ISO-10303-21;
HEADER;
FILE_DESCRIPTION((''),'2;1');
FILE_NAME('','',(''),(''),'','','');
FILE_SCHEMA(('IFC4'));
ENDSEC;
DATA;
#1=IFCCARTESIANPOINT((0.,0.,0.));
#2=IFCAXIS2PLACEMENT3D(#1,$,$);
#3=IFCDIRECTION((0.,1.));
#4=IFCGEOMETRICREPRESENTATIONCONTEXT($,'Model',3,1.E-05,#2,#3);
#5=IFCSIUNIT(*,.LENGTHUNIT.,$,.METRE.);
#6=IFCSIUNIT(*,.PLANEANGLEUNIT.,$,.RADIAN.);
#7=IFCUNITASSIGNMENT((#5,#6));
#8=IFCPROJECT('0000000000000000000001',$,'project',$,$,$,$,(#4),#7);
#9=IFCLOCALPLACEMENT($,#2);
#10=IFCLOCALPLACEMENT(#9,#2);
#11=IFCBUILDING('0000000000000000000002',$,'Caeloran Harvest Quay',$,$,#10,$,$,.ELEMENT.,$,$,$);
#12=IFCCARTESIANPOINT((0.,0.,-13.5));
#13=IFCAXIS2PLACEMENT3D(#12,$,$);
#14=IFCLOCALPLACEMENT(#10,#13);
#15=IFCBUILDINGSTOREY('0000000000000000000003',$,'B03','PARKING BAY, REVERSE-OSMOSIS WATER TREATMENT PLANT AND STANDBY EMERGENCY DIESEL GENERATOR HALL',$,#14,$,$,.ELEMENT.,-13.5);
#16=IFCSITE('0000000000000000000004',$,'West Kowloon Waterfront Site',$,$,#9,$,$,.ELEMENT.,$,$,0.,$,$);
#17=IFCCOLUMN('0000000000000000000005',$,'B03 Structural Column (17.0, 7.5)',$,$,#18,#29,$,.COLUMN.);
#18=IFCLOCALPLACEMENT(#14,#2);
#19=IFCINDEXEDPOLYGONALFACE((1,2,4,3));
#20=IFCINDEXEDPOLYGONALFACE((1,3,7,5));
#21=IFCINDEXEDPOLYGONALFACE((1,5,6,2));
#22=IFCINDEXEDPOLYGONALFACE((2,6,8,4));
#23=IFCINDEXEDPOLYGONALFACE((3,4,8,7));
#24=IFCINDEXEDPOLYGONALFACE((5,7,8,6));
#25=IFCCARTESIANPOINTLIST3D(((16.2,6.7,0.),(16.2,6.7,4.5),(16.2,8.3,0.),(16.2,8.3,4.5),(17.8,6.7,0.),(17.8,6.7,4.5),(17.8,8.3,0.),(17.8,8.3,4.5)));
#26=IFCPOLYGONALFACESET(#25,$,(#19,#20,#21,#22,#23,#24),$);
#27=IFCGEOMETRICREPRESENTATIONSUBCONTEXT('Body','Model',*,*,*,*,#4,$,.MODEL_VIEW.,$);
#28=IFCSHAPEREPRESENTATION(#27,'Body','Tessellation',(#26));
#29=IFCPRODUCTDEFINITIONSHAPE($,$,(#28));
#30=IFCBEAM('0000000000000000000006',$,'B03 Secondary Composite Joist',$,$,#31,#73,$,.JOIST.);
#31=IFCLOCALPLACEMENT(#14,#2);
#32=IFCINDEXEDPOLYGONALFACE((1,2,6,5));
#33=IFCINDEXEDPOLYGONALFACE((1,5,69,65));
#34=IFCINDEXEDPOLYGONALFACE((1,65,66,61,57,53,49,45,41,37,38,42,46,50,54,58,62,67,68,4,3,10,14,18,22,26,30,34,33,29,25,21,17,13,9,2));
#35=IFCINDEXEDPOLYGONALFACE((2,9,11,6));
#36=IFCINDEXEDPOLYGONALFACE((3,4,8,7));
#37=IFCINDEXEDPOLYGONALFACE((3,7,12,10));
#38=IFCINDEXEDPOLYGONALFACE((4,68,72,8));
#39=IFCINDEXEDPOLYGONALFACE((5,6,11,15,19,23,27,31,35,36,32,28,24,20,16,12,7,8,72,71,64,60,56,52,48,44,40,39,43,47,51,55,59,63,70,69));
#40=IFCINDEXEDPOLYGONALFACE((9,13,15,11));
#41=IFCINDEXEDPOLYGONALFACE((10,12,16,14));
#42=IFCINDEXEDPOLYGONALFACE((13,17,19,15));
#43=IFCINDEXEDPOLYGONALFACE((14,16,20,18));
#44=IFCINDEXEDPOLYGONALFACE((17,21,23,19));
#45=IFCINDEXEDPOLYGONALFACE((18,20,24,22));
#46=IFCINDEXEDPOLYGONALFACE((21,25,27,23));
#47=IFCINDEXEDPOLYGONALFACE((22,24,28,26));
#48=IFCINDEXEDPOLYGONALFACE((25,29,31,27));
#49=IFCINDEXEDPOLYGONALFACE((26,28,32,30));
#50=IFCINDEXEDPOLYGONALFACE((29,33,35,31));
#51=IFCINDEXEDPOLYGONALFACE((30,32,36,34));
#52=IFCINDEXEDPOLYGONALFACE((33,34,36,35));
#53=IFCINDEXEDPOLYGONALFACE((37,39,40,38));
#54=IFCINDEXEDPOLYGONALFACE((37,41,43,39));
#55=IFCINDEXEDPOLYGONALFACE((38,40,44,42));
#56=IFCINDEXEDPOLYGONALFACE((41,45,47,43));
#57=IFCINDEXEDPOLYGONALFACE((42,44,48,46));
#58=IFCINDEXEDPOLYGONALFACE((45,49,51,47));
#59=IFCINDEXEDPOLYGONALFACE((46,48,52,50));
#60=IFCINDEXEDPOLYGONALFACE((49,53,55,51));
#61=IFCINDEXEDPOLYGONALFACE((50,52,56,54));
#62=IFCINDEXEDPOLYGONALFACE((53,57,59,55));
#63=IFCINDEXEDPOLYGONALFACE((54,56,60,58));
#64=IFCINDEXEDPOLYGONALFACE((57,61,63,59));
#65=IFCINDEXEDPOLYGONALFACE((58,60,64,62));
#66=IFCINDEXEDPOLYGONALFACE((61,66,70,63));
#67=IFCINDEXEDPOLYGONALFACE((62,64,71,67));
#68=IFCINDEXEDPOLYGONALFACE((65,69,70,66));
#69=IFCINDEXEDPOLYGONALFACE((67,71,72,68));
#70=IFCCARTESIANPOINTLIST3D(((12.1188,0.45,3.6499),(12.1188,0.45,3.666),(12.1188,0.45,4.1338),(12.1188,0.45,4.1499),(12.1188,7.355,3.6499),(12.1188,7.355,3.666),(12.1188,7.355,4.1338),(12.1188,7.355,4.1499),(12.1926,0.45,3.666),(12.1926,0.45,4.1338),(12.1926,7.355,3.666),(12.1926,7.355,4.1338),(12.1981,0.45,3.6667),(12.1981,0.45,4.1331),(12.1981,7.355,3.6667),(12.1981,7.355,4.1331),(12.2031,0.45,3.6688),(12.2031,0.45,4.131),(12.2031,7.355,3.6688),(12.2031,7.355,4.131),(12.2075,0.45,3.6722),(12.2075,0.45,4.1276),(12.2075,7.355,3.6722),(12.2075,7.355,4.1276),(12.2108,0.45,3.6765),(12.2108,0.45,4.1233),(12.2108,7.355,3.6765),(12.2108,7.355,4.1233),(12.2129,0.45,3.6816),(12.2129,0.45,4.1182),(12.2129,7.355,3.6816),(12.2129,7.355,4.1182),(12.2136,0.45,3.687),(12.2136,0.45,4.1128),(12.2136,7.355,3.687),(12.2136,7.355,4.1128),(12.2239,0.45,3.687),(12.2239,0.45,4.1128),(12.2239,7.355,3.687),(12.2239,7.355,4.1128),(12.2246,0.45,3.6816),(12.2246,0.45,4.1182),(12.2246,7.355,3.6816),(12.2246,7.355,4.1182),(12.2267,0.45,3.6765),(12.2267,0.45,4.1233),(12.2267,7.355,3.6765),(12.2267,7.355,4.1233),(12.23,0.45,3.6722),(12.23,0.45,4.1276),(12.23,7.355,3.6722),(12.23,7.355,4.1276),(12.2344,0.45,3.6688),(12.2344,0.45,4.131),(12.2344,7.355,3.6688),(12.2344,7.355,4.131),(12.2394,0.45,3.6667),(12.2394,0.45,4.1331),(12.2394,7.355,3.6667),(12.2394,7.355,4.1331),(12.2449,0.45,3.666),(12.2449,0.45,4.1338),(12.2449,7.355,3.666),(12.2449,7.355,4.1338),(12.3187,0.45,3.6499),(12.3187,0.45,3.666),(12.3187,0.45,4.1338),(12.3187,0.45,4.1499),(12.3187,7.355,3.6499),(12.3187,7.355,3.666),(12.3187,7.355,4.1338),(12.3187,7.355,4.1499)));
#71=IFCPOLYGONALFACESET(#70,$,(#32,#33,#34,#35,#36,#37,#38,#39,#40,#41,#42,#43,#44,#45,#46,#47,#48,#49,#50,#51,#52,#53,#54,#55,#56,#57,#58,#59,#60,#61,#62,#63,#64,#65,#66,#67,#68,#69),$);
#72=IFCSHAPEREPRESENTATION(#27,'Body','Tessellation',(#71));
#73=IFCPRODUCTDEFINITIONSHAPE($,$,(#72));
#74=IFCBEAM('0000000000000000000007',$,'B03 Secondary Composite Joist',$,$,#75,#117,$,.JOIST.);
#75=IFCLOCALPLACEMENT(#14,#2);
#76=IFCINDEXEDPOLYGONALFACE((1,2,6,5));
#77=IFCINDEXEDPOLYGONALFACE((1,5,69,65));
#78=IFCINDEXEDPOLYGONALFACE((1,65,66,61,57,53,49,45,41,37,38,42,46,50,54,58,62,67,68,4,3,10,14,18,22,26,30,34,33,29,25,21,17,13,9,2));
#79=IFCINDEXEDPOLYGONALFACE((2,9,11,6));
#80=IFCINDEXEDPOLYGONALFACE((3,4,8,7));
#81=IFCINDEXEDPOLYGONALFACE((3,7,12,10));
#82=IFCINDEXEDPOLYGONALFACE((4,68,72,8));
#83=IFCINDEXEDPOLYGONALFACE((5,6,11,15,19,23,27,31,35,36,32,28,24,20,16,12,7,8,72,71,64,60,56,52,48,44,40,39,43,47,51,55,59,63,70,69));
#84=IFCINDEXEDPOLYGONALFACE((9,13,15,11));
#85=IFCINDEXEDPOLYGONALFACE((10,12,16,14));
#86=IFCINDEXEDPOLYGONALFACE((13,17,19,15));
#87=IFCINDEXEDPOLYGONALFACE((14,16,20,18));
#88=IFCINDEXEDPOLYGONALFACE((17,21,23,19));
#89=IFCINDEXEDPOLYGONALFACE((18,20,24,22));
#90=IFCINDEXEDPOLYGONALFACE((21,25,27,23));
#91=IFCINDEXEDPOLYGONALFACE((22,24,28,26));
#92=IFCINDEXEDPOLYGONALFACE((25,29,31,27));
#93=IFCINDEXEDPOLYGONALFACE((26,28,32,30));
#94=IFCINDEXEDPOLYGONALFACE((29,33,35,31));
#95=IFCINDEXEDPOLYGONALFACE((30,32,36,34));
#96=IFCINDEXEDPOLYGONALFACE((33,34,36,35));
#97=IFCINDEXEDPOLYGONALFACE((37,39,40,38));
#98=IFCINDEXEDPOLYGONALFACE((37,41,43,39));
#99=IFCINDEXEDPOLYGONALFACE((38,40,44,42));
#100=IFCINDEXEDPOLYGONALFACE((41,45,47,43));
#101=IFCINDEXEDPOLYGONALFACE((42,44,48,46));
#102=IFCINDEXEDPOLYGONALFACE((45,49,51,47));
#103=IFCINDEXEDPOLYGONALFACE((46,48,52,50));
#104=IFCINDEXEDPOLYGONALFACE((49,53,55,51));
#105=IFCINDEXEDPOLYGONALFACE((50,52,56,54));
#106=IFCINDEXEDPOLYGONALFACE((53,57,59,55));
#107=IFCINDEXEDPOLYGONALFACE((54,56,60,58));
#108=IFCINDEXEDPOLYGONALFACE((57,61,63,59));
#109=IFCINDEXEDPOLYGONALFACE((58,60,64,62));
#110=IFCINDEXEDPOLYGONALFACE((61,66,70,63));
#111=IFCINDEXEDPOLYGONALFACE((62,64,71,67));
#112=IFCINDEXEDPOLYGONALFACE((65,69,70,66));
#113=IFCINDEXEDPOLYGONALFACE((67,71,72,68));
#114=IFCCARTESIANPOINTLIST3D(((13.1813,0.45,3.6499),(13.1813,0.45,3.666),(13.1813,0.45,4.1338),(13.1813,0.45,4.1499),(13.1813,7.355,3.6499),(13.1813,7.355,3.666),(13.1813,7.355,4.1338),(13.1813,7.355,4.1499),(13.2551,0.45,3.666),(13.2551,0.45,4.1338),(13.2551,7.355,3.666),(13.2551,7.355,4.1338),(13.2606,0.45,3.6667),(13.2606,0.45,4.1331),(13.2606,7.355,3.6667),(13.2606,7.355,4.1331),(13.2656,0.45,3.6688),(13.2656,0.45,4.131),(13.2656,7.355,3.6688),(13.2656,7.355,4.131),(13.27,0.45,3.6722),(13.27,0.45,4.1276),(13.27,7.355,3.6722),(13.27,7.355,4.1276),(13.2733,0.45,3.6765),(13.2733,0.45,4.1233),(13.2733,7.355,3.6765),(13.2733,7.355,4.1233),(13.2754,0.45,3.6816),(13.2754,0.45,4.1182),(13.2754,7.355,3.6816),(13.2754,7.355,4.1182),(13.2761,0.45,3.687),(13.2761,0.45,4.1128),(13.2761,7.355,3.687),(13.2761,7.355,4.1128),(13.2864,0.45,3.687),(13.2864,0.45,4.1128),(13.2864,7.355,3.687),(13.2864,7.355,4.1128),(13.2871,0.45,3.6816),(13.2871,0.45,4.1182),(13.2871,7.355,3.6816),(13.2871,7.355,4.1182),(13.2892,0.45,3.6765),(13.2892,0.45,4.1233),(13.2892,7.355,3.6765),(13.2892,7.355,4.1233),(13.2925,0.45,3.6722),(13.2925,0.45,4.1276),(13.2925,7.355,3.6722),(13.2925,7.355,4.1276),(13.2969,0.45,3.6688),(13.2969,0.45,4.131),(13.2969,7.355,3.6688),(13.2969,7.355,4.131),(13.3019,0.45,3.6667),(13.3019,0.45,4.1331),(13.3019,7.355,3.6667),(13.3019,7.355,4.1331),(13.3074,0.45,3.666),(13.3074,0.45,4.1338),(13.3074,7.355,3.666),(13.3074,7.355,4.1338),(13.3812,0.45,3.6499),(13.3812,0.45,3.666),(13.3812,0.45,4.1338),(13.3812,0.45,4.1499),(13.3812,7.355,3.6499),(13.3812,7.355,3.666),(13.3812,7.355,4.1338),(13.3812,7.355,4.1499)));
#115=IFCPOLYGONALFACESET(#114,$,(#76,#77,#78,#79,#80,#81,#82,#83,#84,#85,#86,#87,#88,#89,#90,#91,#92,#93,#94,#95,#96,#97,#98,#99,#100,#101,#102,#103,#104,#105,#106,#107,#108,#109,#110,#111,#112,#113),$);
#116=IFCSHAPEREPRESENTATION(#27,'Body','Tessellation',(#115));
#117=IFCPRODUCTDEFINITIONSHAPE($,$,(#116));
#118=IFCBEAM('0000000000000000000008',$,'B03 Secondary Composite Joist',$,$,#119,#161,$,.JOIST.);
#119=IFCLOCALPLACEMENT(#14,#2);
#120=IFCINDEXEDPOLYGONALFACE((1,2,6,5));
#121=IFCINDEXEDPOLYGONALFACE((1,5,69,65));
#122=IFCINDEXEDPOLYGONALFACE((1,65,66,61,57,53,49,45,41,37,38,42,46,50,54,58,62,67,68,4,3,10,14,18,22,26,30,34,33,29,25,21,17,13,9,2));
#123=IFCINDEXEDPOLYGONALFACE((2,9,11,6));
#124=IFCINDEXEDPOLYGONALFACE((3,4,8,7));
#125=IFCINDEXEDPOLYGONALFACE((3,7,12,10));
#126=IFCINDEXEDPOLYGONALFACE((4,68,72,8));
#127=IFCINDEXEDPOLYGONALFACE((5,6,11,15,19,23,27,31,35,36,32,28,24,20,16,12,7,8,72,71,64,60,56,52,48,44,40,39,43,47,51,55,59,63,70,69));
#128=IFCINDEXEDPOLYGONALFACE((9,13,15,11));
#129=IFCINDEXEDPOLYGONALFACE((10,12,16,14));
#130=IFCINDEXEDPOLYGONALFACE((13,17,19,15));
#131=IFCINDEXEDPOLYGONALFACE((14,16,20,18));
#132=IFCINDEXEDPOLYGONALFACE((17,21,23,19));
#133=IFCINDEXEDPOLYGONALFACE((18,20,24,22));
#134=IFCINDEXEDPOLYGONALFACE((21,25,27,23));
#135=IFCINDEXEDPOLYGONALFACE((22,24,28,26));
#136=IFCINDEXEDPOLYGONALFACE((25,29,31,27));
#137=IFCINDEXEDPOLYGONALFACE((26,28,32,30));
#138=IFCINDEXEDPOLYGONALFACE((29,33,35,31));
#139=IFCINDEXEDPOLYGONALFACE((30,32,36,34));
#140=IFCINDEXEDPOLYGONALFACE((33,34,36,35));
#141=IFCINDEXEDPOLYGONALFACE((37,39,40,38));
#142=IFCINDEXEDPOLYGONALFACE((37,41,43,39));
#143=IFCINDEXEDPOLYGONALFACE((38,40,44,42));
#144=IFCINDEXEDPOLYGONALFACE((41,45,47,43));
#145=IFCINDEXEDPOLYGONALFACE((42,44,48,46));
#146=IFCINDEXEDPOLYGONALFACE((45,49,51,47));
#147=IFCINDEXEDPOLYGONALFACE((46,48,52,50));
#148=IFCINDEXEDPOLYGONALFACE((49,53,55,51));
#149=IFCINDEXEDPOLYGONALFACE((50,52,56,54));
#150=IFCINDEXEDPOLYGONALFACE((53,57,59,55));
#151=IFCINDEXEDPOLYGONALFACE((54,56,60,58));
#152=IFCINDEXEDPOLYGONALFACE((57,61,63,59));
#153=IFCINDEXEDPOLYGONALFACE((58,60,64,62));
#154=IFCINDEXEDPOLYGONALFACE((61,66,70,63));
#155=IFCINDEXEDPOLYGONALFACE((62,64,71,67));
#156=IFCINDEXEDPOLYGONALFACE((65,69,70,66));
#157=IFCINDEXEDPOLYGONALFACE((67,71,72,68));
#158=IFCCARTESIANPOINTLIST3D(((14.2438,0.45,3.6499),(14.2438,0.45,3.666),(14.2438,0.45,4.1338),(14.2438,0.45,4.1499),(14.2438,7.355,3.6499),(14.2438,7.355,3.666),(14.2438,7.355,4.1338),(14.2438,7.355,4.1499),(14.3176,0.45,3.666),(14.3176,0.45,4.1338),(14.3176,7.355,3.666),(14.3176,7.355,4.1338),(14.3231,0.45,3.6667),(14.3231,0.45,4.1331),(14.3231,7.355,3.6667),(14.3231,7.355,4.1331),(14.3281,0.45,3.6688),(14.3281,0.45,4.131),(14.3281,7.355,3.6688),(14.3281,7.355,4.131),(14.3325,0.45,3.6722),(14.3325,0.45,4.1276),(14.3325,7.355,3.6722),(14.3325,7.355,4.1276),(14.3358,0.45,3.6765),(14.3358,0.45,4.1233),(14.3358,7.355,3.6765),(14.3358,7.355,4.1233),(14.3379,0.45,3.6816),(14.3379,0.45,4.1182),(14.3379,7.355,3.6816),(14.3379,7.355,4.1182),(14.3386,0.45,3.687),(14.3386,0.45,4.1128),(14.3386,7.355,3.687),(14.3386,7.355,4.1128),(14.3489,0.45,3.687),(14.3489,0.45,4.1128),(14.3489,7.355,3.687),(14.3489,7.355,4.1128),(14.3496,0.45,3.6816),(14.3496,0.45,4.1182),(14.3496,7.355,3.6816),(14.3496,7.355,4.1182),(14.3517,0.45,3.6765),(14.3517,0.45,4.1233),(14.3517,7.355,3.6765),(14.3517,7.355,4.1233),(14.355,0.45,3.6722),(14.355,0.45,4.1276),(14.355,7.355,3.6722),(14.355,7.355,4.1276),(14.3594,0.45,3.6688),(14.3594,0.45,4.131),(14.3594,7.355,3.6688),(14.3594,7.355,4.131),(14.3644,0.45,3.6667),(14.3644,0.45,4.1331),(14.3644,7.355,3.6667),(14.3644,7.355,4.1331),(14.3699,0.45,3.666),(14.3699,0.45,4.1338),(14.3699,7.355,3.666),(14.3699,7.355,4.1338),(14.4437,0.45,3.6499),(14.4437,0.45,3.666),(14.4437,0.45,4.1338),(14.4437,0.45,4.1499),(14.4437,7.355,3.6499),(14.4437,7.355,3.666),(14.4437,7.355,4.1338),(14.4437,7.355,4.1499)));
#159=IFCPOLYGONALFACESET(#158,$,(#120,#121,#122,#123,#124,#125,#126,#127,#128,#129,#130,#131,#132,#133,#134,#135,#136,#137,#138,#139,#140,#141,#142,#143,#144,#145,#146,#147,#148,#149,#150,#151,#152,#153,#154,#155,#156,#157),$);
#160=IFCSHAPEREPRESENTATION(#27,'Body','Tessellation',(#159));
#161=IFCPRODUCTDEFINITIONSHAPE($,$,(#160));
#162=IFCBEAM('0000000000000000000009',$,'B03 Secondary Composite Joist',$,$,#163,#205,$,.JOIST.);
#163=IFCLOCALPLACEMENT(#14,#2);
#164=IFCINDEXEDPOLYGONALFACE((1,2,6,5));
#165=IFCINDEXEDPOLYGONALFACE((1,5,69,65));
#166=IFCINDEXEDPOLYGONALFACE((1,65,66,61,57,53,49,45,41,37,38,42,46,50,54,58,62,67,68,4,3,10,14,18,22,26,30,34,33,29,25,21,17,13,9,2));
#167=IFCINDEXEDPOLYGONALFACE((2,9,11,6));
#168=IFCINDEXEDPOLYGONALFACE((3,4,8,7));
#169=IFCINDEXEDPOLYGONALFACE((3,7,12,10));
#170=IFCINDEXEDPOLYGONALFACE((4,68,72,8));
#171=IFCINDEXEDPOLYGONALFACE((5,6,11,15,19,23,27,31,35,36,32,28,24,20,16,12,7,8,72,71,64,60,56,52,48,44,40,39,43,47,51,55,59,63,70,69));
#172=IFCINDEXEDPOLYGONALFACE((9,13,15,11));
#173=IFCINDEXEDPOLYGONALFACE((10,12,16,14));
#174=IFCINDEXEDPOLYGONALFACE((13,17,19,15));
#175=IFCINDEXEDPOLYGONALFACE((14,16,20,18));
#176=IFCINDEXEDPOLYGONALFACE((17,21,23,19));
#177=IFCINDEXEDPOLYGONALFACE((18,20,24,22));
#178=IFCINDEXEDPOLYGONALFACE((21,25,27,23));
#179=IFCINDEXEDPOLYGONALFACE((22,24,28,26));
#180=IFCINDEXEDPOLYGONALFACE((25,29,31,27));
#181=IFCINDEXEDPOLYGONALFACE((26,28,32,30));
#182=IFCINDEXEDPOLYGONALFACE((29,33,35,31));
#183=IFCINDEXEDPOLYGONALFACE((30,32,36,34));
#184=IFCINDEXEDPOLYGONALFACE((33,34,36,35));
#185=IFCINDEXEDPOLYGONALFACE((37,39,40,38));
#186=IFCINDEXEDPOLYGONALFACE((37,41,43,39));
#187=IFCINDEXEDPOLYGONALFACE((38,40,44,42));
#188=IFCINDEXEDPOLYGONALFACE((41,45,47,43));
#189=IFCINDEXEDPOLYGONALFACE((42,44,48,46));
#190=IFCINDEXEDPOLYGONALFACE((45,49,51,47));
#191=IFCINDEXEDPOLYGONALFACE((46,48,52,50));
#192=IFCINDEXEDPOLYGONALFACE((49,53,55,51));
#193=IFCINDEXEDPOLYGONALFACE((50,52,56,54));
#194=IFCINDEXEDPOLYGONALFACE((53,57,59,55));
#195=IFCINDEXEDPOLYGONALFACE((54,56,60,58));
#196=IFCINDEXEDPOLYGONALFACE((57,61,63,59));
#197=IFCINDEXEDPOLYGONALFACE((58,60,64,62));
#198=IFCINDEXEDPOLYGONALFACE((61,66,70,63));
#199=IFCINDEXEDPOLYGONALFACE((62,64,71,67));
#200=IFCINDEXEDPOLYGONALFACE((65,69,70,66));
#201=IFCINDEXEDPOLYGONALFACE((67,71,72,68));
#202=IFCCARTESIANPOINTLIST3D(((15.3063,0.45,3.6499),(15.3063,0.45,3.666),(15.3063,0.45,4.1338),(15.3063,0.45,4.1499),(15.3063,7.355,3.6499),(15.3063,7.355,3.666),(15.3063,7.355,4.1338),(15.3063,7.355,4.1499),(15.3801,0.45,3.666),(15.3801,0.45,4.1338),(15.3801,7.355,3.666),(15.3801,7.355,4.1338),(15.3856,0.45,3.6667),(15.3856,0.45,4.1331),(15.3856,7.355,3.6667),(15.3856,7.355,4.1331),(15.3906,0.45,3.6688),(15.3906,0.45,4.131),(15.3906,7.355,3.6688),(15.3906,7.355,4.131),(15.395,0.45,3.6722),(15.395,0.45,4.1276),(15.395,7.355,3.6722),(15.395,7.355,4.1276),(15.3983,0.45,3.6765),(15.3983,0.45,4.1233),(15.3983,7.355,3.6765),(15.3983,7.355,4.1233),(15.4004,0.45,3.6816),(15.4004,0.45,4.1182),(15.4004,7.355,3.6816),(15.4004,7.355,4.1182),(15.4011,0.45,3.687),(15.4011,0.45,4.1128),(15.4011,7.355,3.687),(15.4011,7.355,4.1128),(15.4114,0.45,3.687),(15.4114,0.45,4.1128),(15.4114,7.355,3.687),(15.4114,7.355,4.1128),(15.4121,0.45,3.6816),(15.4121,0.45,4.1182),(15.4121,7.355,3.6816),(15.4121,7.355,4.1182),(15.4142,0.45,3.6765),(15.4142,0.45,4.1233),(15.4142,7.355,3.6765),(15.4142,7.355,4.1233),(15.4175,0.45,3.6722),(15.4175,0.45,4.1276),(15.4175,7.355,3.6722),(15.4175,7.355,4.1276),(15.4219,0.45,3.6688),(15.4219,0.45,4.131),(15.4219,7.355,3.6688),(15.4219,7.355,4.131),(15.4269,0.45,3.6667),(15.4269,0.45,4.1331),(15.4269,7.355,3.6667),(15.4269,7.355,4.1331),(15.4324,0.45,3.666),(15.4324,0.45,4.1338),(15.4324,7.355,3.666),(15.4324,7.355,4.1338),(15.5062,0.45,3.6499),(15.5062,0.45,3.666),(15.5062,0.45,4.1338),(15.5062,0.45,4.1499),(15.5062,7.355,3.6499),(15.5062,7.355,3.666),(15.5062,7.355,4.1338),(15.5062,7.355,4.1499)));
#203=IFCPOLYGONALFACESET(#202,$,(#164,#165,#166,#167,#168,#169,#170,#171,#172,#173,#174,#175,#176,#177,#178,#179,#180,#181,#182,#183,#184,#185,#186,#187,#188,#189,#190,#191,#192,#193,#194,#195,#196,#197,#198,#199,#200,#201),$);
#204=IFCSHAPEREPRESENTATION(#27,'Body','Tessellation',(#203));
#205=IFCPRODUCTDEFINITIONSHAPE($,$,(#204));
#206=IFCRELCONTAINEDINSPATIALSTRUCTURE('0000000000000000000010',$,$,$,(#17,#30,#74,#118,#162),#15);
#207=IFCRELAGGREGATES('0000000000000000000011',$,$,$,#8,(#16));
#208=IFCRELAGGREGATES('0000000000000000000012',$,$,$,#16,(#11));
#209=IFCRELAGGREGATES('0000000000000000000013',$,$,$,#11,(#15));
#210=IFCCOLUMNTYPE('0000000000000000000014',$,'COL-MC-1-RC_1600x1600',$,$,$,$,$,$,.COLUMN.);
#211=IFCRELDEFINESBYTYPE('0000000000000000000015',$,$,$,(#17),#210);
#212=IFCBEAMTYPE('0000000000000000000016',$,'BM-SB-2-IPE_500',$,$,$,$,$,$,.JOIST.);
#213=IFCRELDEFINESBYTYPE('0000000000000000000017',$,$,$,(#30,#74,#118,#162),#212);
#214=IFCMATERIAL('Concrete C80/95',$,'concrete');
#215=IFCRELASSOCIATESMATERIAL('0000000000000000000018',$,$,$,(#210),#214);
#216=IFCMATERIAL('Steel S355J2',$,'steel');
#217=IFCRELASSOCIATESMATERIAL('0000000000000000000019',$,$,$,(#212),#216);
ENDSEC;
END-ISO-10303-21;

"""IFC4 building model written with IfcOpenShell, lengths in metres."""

from ifc_helpers import new_model, si_unit, direction, frame, origin, origin_2d, place, context, subcontext, project, spatial, rectangle, i_section, extrude, material, material_profile, profile_set, type_object, element, save


model = new_model("IFC4")

# Units and contexts
model_context = context("Model", 3, precision=1e-05, world=origin(), true_north=direction((0.0, 1.0)))
body_context = subcontext(model_context, "Body", "Model", "MODEL_VIEW")
ifc_project = project(units=[si_unit("LENGTHUNIT", "METRE"), si_unit("PLANEANGLEUNIT", "RADIAN")], contexts=[model_context])

# Site, building, storey
site_placement = place(None, origin())
site = spatial("IfcSite", under=ifc_project, at=site_placement, Name="West Kowloon Waterfront Site", CompositionType="ELEMENT", RefElevation=0.0)
building_placement = place(site_placement, origin())
building = spatial("IfcBuilding", under=site, at=building_placement, Name="Caeloran Harvest Quay", CompositionType="ELEMENT")
storey_placement = place(building_placement, frame((0.0, 0.0, -13.5)))
storey = spatial("IfcBuildingStorey", under=building, at=storey_placement, Name="B03", Description="PARKING BAY, REVERSE-OSMOSIS WATER TREATMENT PLANT AND STANDBY EMERGENCY DIESEL GENERATOR HALL", CompositionType="ELEMENT", Elevation=-13.5)

# Column
ifc_material_1 = material(Name="Concrete C80/95", Category="concrete")
ifc_material_profile_1 = material_profile(ifc_material_1, rectangle(XDim=1.6001, YDim=1.6001, at=origin_2d()), Name="RC 1600x1600")
ifc_profile_set_1 = profile_set([ifc_material_profile_1], Name="Concrete C80/95")
column_type = type_object("IfcColumnType", Name="COL-MC-1-RC_1600x1600", PredefinedType="COLUMN", material=ifc_profile_set_1)
column_placement = place(storey_placement, frame((17.0, 7.5, 0.0), z_axis=(0.0, 0.0, 1.0), x_axis=(1.0, 0.0, 0.0)))
element("IfcColumn", 1, at=column_placement, inside=storey, type_object=column_type, Name="B03 Structural Column (17.0, 7.5)", PredefinedType="COLUMN", context=body_context, shape_type="SweptSolid", body=[
    extrude(rectangle(XDim=1.6001, YDim=1.6001, at=origin_2d()), origin(), (0.0, 0.0, 1.0), 4.5),
])

# Beams
ifc_material_2 = material(Name="Steel S355J2", Category="steel")
ifc_material_profile_2 = material_profile(ifc_material_2, i_section(OverallWidth=0.2, OverallDepth=0.5, WebThickness=0.0103, FlangeThickness=0.0161, FilletRadius=0.021, at=origin_2d()), Name="IPE 500")
ifc_profile_set_2 = profile_set([ifc_material_profile_2], Name="Steel S355J2")
beam_type_1 = type_object("IfcBeamType", Name="BM-SB-2-IPE_500", PredefinedType="JOIST", material=ifc_profile_set_2)
for number, where, z_axis, x_axis, name in (
    (2, (12.2188, 0.45, 3.8999), (0.0, 1.0, 0.0), (-1.0, 0.0, 0.0), "B03 Secondary Composite Joist"),
    (3, (13.2812, 0.45, 3.8999), (0.0, 1.0, 0.0), (-1.0, 0.0, 0.0), "B03 Secondary Composite Joist"),
    (4, (14.3438, 0.45, 3.8999), (0.0, 1.0, 0.0), (-1.0, 0.0, 0.0), "B03 Secondary Composite Joist"),
    (5, (15.4062, 0.45, 3.8999), (0.0, 1.0, 0.0), (-1.0, 0.0, 0.0), "B03 Secondary Composite Joist"),
):
    element("IfcBeam", number, at=place(storey_placement, frame(where, z_axis=z_axis, x_axis=x_axis)), inside=storey, type_object=beam_type_1, Name=name, PredefinedType="JOIST", context=body_context, shape_type="SweptSolid", body=[
        extrude(i_section(OverallWidth=0.2, OverallDepth=0.5, WebThickness=0.0103, FlangeThickness=0.0161, FilletRadius=0.021, at=origin_2d()), origin(), (0.0, 0.0, 1.0), 6.905),
    ])

save(model, "model.ifc")
